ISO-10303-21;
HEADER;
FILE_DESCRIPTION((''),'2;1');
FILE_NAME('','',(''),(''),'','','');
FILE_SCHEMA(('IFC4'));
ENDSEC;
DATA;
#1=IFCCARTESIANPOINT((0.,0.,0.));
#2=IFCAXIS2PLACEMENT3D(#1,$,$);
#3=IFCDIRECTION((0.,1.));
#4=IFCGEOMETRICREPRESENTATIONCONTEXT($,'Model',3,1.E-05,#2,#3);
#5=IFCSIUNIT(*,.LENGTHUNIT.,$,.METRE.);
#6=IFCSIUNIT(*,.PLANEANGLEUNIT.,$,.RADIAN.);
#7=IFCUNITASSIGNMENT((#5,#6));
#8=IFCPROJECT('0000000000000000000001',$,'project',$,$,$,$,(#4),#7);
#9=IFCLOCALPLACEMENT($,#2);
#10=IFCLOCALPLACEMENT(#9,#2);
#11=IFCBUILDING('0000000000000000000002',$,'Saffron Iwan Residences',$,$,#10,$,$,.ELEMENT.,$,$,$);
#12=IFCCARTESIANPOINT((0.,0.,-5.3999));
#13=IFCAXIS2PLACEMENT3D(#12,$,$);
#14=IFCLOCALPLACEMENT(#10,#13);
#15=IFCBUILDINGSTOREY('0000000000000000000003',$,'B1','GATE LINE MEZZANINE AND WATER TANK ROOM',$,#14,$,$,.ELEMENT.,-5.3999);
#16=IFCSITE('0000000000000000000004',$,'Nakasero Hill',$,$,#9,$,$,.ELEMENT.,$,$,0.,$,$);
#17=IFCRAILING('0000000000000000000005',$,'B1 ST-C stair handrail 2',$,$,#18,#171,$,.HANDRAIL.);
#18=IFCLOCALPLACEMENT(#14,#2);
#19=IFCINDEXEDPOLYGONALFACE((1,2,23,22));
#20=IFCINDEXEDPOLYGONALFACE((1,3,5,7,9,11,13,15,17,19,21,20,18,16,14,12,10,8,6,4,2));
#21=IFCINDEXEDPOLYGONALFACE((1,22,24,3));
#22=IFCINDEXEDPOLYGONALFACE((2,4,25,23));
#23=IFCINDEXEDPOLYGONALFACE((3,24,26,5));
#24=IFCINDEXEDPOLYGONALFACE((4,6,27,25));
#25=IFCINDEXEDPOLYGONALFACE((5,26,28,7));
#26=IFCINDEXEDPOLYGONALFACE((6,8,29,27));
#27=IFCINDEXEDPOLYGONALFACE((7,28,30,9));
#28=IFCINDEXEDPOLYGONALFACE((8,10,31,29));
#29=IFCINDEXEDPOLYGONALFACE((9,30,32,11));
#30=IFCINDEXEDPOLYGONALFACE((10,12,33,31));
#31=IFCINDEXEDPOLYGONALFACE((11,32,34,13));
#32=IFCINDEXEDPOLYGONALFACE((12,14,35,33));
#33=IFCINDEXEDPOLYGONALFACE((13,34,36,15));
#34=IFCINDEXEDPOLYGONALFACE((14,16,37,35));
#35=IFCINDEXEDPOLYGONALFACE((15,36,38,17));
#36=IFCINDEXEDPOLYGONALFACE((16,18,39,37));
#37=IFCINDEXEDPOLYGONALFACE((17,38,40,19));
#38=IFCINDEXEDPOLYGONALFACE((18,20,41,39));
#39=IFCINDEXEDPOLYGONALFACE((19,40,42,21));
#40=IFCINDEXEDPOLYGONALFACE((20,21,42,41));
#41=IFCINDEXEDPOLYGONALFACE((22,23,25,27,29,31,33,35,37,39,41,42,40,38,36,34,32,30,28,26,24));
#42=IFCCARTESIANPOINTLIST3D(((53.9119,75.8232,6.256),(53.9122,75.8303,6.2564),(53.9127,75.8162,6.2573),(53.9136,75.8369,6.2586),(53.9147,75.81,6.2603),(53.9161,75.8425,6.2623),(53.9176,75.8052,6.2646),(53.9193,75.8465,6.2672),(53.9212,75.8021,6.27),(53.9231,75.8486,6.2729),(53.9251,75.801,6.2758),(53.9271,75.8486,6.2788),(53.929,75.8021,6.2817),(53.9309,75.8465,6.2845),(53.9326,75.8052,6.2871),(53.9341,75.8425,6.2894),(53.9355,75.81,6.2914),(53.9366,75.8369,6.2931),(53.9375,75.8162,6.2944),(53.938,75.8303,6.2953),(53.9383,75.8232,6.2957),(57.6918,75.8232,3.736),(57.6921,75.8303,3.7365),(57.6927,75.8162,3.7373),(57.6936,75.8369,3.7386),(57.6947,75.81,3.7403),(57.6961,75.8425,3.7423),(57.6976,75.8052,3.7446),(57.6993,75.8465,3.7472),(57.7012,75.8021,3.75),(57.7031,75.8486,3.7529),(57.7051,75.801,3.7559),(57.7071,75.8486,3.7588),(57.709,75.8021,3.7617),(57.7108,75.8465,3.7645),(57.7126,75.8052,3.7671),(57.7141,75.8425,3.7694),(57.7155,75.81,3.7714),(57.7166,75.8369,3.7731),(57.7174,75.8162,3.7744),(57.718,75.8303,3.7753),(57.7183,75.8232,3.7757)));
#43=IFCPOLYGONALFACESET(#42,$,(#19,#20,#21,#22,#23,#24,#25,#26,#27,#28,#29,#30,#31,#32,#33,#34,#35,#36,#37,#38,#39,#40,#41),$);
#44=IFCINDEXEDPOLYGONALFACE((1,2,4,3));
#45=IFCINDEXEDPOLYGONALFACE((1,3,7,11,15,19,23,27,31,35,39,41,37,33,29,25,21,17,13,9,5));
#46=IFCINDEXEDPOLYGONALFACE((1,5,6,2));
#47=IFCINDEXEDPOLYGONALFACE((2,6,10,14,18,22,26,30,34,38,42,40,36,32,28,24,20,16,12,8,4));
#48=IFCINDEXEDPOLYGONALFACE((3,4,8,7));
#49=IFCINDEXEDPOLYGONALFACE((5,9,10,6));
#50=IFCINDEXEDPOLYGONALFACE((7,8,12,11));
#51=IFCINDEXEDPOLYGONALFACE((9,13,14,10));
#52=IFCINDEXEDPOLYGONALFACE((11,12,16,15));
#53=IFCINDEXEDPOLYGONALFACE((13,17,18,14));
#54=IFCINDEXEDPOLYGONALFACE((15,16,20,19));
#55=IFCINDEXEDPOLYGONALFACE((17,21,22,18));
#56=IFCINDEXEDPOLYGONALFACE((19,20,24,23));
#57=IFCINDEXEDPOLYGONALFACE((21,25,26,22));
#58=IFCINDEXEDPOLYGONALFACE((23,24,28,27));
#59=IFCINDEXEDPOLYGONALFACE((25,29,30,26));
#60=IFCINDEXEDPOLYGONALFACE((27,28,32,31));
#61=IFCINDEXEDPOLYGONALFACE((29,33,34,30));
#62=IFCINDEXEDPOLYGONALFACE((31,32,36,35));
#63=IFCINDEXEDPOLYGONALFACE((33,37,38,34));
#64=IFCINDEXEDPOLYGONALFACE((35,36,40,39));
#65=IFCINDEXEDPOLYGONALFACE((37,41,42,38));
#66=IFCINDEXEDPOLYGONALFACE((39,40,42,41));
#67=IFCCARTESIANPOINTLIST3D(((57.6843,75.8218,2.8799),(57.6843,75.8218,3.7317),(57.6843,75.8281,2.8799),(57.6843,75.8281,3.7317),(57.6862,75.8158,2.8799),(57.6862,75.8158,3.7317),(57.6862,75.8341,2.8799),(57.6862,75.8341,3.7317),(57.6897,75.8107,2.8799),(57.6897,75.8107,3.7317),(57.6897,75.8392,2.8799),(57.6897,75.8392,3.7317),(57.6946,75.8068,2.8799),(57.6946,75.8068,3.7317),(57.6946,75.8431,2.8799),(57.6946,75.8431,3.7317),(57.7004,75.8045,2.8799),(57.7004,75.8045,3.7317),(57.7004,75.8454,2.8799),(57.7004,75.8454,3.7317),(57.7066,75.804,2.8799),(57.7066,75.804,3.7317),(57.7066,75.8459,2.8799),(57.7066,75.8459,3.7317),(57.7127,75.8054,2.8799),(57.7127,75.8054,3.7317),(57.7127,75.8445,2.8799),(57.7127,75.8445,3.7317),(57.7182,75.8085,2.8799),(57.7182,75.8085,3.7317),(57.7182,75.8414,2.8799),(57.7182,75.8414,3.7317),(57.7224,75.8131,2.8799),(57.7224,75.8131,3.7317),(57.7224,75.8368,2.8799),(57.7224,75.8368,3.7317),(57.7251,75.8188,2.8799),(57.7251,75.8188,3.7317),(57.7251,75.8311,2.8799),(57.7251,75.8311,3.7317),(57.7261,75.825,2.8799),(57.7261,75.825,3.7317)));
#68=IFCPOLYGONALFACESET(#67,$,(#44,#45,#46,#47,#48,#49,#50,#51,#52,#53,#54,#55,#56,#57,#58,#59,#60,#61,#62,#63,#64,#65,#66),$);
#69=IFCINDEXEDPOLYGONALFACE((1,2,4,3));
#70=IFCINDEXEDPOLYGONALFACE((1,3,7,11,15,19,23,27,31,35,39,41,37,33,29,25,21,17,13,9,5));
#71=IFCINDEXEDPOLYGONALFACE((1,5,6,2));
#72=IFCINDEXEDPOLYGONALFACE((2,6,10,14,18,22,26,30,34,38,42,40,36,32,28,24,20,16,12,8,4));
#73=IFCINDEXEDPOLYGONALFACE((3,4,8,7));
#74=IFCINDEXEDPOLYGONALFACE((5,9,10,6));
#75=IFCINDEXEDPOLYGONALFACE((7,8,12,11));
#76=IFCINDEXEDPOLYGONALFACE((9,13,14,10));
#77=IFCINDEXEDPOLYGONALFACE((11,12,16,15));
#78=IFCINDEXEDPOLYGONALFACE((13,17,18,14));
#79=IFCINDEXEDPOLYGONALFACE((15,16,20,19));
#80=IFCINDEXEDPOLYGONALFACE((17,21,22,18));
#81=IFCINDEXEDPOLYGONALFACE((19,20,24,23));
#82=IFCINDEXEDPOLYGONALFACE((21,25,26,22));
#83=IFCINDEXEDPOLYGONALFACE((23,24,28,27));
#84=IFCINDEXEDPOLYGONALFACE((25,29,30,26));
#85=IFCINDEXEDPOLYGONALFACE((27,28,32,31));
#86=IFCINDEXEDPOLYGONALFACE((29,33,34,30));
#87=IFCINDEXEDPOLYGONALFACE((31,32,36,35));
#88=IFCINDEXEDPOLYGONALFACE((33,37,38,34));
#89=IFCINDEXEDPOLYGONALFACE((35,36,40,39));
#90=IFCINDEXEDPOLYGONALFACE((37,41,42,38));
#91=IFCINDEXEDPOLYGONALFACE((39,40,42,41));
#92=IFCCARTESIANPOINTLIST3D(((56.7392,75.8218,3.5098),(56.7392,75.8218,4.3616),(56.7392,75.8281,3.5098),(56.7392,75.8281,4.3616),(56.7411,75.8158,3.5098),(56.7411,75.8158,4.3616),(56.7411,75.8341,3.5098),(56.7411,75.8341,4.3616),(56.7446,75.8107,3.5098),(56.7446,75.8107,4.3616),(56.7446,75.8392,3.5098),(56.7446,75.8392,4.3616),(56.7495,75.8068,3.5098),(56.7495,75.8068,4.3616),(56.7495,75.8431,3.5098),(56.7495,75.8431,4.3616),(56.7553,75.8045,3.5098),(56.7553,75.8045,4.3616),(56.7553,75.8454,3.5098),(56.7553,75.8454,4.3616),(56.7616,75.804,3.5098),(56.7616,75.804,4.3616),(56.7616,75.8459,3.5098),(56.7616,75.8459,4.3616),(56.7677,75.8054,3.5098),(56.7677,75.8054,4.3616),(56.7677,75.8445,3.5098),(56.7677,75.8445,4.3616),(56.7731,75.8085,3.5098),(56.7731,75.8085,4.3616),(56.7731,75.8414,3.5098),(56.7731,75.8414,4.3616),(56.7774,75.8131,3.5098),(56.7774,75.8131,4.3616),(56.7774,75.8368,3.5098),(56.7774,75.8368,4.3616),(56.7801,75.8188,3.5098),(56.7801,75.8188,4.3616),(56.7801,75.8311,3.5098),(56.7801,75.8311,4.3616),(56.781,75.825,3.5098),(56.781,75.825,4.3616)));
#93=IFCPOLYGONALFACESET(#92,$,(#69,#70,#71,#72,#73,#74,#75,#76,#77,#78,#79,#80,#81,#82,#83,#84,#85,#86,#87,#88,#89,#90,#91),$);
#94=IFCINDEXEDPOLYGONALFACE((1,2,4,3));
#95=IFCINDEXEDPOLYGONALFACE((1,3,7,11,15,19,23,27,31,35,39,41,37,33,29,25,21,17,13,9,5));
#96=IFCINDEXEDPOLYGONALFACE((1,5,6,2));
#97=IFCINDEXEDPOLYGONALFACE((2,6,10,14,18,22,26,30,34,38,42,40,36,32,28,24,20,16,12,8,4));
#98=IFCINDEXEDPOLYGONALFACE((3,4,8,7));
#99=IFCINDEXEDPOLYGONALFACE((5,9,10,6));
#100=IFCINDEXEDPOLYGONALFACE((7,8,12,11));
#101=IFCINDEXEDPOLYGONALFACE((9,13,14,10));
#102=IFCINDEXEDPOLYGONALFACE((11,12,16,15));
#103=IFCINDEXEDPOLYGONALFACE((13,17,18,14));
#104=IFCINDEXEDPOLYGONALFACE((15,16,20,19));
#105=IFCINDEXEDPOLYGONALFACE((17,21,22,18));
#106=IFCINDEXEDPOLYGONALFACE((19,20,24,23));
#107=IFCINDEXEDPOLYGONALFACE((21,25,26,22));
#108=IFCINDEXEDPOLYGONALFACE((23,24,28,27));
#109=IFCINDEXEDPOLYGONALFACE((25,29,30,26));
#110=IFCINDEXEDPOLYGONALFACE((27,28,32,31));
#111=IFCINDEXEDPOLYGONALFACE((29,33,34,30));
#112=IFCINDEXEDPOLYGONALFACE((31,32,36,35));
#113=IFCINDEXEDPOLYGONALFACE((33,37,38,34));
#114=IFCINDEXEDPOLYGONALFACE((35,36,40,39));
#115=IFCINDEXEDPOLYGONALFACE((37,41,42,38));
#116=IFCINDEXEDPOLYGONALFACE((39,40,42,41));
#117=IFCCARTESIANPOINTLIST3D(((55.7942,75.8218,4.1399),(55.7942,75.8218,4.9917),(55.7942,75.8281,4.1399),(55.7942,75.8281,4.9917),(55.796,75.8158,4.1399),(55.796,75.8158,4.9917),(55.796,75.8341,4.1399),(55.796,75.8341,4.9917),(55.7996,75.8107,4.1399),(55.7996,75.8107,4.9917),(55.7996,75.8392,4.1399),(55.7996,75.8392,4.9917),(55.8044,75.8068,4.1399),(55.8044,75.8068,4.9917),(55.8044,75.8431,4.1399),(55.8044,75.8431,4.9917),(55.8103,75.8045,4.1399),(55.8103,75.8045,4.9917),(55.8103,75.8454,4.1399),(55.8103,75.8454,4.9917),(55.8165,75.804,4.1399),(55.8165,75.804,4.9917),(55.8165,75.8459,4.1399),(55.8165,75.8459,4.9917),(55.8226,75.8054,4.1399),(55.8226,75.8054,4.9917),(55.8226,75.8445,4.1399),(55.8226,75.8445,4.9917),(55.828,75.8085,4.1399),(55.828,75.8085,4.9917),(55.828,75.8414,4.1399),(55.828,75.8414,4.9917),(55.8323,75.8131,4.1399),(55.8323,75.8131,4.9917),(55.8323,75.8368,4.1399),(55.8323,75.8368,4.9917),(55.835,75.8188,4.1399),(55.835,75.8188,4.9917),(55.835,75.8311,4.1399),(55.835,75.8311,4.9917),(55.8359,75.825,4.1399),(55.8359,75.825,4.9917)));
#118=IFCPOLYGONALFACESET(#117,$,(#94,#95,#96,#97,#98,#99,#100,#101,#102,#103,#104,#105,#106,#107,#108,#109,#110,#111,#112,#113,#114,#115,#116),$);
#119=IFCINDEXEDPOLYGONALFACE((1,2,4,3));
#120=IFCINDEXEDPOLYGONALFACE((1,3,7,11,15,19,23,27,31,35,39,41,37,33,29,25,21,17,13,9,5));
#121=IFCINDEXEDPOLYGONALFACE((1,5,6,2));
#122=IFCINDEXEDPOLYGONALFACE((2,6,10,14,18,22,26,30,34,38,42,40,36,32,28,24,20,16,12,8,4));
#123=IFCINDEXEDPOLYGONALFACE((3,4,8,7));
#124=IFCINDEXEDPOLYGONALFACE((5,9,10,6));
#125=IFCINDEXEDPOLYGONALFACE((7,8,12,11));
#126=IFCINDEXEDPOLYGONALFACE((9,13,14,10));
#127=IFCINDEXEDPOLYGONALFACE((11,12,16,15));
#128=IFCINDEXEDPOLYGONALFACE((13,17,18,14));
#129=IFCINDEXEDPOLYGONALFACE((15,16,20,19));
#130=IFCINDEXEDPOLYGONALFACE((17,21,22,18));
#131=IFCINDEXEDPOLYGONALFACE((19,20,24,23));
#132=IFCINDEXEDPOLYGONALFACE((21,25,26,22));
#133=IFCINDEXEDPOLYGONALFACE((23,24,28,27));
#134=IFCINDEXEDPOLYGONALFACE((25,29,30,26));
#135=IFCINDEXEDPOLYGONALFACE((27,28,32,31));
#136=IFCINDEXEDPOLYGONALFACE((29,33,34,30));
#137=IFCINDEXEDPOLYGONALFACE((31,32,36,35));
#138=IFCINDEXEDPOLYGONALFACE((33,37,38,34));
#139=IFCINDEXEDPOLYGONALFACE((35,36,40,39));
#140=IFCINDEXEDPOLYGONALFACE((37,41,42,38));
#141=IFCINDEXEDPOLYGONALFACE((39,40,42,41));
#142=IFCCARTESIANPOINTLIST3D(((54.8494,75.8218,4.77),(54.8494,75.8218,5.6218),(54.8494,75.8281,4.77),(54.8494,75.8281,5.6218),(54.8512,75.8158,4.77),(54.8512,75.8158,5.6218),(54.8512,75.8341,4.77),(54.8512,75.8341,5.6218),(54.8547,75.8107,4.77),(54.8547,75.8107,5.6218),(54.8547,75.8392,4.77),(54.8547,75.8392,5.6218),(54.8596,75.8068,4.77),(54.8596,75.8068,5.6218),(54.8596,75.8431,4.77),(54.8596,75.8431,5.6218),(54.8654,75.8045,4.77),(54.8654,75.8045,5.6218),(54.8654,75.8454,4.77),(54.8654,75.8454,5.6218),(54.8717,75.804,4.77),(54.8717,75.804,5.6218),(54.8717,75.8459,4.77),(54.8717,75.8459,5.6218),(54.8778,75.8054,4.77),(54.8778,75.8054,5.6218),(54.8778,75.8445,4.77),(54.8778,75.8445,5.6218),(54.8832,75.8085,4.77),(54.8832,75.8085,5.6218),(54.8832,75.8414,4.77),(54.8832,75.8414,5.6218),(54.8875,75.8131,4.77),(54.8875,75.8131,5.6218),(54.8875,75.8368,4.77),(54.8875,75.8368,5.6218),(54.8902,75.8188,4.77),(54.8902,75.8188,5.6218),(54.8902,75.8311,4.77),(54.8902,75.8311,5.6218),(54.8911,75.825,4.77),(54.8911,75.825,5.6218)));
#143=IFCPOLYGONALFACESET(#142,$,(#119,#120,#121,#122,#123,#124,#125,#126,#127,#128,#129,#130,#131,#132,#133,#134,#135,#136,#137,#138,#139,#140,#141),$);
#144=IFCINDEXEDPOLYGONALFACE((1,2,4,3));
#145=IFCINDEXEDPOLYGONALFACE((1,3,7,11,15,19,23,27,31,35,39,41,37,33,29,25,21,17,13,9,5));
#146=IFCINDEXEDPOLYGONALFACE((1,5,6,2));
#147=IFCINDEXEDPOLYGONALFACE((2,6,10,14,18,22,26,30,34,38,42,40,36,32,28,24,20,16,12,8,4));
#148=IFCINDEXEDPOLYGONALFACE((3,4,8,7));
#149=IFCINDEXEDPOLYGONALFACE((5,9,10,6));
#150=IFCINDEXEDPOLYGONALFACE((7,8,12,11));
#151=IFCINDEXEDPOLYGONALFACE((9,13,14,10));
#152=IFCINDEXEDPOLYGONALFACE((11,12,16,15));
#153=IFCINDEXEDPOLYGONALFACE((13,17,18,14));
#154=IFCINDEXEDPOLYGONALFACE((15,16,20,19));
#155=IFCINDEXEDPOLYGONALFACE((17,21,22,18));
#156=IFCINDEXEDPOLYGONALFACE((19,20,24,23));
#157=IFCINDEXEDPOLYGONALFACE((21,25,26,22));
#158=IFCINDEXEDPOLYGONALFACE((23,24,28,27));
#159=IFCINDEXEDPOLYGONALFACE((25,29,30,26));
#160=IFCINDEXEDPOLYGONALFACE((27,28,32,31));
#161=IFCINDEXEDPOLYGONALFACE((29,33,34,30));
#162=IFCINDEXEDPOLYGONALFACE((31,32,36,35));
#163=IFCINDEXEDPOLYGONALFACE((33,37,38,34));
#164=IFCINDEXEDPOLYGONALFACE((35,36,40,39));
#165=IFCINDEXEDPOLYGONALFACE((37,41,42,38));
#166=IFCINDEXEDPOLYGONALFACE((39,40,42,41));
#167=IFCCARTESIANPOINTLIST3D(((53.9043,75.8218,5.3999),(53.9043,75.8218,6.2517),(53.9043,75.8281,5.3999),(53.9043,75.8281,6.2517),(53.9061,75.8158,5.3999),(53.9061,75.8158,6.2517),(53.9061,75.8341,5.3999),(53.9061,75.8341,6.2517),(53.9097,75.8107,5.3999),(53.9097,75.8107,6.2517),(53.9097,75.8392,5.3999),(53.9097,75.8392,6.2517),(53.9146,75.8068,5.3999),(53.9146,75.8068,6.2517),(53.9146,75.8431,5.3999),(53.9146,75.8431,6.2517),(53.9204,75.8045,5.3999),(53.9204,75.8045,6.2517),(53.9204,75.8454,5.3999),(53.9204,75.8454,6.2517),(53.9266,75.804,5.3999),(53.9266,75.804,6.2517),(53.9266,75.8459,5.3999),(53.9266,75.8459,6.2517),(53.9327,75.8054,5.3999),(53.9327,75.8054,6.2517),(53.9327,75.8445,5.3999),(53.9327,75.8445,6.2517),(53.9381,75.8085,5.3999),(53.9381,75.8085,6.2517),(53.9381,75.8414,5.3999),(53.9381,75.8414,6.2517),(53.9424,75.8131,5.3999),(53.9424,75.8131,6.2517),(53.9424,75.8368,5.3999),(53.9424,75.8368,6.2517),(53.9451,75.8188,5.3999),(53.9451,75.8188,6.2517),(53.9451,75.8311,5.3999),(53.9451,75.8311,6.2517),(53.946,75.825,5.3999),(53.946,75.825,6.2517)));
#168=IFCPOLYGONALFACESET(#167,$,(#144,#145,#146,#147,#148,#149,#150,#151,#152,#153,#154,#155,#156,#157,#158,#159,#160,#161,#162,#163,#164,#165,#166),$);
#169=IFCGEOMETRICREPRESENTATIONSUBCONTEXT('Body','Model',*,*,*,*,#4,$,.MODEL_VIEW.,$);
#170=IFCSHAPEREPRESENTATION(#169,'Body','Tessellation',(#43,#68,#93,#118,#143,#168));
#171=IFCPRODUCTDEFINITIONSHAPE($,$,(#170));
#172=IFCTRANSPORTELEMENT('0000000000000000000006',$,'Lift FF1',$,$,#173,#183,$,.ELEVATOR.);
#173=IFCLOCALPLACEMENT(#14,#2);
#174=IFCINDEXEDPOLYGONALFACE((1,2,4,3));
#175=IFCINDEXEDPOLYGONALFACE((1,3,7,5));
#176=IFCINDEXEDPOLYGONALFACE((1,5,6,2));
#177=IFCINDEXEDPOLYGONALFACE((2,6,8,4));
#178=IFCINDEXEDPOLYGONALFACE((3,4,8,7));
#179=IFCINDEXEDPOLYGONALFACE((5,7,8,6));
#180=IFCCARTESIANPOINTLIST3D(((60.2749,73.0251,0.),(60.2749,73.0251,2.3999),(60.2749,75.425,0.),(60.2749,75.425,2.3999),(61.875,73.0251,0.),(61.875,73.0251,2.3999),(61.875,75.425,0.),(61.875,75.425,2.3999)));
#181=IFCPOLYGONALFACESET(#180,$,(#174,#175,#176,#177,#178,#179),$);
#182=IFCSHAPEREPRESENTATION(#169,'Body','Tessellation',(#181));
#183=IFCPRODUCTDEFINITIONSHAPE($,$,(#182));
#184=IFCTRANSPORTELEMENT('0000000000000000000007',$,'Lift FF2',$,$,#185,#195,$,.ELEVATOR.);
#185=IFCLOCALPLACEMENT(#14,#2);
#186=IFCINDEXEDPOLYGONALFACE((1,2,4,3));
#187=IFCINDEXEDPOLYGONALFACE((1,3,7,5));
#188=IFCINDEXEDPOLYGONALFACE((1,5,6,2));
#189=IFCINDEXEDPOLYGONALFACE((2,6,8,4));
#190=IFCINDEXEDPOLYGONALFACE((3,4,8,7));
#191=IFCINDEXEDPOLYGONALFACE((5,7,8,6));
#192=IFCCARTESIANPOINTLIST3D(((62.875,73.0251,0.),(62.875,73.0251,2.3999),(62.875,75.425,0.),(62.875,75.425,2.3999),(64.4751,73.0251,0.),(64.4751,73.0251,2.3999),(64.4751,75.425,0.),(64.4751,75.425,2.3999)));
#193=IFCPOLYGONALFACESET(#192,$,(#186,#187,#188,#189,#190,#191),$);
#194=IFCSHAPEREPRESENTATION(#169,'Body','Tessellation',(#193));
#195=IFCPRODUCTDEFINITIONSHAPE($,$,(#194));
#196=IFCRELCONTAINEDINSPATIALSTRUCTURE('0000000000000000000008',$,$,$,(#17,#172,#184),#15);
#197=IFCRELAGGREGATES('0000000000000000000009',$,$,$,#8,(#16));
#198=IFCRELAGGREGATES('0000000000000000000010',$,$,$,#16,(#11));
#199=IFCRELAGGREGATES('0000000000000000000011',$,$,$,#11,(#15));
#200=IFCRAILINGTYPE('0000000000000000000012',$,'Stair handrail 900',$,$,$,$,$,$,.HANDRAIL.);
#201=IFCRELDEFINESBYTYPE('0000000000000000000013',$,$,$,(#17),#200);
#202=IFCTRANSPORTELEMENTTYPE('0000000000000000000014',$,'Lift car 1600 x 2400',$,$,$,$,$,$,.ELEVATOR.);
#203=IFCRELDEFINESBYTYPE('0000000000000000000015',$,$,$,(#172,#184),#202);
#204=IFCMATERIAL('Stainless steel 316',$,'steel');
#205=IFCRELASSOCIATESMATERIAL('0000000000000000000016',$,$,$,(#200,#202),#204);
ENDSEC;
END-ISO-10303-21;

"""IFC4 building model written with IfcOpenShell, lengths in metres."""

from ifc_helpers import new_model, si_unit, direction, frame, origin, origin_2d, place, context, subcontext, project, spatial, rectangle, circle, extrude, source, transform, mapped, material, type_object, element, save


model = new_model("IFC4")

# Units and contexts
model_context = context("Model", 3, precision=1e-05, world=origin(), true_north=direction((0.0, 1.0)))
body_context = subcontext(model_context, "Body", "Model", "MODEL_VIEW")
ifc_project = project(units=[si_unit("LENGTHUNIT", "METRE"), si_unit("PLANEANGLEUNIT", "RADIAN")], contexts=[model_context])

# Site, building, storey
site_placement = place(None, origin())
site = spatial("IfcSite", under=ifc_project, at=site_placement, Name="Nakasero Hill", CompositionType="ELEMENT", RefElevation=0.0)
building_placement = place(site_placement, origin())
building = spatial("IfcBuilding", under=site, at=building_placement, Name="Saffron Iwan Residences", CompositionType="ELEMENT")
storey_placement = place(building_placement, frame((0.0, 0.0, -5.3999)))
storey = spatial("IfcBuildingStorey", under=building, at=storey_placement, Name="B1", Description="GATE LINE MEZZANINE AND WATER TANK ROOM", CompositionType="ELEMENT", Elevation=-5.3999)

# Railing
ifc_material_1 = material(Name="Stainless steel 316", Category="steel")
railing_type_1 = type_object("IfcRailingType", Name="Stair handrail 900", PredefinedType="HANDRAIL", material=ifc_material_1)
railing_1_placement = place(storey_placement, frame((57.7051, 75.825, 2.8799)))
element("IfcRailing", 1, at=railing_1_placement, inside=storey, type_object=railing_type_1, Name="B1 ST-C stair handrail 2", PredefinedType="HANDRAIL", context=body_context, shape_type="SweptSolid", body=[
    extrude(circle(Radius=0.0239, at=origin_2d()), frame((0.0, 0.0, 0.876), z_axis=(-0.83205, 0.0, 0.5547), x_axis=(0.0, -1.0, 0.0)), (0.0, 0.0, 1.0), 4.543),
    extrude(circle(Radius=0.021, at=origin_2d()), origin(), (0.0, 0.0, 1.0), 0.8518),
    extrude(circle(Radius=0.021, at=origin_2d()), frame((-0.9451, 0.0, 0.6299)), (0.0, 0.0, 1.0), 0.8518),
    extrude(circle(Radius=0.021, at=origin_2d()), frame((-1.8901, 0.0, 1.26)), (0.0, 0.0, 1.0), 0.8518),
    extrude(circle(Radius=0.021, at=origin_2d()), frame((-2.835, 0.0, 1.8901)), (0.0, 0.0, 1.0), 0.8518),
    extrude(circle(Radius=0.021, at=origin_2d()), frame((-3.78, 0.0, 2.52)), (0.0, 0.0, 1.0), 0.8518),
])

# Transport elements
transport_element_type = type_object("IfcTransportElementType", Name="Lift car 1600 x 2400", PredefinedType="ELEVATOR", material=ifc_material_1)
shared_shape_1 = source(origin(), body_context, "Body", "SweptSolid", [
    extrude(rectangle(XDim=1.6001, YDim=2.3999, at=origin_2d()), origin(), (0.0, 0.0, 1.0), 2.3999),
])
for number, where, z_axis, x_axis, name in (
    (2, (61.075, 74.2251, 0.0), (0.0, 0.0, 1.0), (1.0, 0.0, 0.0), "Lift FF1"),
    (3, (63.675, 74.2251, 0.0), (0.0, 0.0, 1.0), (1.0, 0.0, 0.0), "Lift FF2"),
):
    element("IfcTransportElement", number, at=place(storey_placement, frame(where, z_axis=z_axis, x_axis=x_axis)), inside=storey, type_object=transport_element_type, Name=name, PredefinedType="ELEVATOR", context=body_context, shape_type="MappedRepresentation", body=[
        mapped(shared_shape_1, transform((0.0, 0.0, 0.0))),
    ])

save(model, "model.ifc")
